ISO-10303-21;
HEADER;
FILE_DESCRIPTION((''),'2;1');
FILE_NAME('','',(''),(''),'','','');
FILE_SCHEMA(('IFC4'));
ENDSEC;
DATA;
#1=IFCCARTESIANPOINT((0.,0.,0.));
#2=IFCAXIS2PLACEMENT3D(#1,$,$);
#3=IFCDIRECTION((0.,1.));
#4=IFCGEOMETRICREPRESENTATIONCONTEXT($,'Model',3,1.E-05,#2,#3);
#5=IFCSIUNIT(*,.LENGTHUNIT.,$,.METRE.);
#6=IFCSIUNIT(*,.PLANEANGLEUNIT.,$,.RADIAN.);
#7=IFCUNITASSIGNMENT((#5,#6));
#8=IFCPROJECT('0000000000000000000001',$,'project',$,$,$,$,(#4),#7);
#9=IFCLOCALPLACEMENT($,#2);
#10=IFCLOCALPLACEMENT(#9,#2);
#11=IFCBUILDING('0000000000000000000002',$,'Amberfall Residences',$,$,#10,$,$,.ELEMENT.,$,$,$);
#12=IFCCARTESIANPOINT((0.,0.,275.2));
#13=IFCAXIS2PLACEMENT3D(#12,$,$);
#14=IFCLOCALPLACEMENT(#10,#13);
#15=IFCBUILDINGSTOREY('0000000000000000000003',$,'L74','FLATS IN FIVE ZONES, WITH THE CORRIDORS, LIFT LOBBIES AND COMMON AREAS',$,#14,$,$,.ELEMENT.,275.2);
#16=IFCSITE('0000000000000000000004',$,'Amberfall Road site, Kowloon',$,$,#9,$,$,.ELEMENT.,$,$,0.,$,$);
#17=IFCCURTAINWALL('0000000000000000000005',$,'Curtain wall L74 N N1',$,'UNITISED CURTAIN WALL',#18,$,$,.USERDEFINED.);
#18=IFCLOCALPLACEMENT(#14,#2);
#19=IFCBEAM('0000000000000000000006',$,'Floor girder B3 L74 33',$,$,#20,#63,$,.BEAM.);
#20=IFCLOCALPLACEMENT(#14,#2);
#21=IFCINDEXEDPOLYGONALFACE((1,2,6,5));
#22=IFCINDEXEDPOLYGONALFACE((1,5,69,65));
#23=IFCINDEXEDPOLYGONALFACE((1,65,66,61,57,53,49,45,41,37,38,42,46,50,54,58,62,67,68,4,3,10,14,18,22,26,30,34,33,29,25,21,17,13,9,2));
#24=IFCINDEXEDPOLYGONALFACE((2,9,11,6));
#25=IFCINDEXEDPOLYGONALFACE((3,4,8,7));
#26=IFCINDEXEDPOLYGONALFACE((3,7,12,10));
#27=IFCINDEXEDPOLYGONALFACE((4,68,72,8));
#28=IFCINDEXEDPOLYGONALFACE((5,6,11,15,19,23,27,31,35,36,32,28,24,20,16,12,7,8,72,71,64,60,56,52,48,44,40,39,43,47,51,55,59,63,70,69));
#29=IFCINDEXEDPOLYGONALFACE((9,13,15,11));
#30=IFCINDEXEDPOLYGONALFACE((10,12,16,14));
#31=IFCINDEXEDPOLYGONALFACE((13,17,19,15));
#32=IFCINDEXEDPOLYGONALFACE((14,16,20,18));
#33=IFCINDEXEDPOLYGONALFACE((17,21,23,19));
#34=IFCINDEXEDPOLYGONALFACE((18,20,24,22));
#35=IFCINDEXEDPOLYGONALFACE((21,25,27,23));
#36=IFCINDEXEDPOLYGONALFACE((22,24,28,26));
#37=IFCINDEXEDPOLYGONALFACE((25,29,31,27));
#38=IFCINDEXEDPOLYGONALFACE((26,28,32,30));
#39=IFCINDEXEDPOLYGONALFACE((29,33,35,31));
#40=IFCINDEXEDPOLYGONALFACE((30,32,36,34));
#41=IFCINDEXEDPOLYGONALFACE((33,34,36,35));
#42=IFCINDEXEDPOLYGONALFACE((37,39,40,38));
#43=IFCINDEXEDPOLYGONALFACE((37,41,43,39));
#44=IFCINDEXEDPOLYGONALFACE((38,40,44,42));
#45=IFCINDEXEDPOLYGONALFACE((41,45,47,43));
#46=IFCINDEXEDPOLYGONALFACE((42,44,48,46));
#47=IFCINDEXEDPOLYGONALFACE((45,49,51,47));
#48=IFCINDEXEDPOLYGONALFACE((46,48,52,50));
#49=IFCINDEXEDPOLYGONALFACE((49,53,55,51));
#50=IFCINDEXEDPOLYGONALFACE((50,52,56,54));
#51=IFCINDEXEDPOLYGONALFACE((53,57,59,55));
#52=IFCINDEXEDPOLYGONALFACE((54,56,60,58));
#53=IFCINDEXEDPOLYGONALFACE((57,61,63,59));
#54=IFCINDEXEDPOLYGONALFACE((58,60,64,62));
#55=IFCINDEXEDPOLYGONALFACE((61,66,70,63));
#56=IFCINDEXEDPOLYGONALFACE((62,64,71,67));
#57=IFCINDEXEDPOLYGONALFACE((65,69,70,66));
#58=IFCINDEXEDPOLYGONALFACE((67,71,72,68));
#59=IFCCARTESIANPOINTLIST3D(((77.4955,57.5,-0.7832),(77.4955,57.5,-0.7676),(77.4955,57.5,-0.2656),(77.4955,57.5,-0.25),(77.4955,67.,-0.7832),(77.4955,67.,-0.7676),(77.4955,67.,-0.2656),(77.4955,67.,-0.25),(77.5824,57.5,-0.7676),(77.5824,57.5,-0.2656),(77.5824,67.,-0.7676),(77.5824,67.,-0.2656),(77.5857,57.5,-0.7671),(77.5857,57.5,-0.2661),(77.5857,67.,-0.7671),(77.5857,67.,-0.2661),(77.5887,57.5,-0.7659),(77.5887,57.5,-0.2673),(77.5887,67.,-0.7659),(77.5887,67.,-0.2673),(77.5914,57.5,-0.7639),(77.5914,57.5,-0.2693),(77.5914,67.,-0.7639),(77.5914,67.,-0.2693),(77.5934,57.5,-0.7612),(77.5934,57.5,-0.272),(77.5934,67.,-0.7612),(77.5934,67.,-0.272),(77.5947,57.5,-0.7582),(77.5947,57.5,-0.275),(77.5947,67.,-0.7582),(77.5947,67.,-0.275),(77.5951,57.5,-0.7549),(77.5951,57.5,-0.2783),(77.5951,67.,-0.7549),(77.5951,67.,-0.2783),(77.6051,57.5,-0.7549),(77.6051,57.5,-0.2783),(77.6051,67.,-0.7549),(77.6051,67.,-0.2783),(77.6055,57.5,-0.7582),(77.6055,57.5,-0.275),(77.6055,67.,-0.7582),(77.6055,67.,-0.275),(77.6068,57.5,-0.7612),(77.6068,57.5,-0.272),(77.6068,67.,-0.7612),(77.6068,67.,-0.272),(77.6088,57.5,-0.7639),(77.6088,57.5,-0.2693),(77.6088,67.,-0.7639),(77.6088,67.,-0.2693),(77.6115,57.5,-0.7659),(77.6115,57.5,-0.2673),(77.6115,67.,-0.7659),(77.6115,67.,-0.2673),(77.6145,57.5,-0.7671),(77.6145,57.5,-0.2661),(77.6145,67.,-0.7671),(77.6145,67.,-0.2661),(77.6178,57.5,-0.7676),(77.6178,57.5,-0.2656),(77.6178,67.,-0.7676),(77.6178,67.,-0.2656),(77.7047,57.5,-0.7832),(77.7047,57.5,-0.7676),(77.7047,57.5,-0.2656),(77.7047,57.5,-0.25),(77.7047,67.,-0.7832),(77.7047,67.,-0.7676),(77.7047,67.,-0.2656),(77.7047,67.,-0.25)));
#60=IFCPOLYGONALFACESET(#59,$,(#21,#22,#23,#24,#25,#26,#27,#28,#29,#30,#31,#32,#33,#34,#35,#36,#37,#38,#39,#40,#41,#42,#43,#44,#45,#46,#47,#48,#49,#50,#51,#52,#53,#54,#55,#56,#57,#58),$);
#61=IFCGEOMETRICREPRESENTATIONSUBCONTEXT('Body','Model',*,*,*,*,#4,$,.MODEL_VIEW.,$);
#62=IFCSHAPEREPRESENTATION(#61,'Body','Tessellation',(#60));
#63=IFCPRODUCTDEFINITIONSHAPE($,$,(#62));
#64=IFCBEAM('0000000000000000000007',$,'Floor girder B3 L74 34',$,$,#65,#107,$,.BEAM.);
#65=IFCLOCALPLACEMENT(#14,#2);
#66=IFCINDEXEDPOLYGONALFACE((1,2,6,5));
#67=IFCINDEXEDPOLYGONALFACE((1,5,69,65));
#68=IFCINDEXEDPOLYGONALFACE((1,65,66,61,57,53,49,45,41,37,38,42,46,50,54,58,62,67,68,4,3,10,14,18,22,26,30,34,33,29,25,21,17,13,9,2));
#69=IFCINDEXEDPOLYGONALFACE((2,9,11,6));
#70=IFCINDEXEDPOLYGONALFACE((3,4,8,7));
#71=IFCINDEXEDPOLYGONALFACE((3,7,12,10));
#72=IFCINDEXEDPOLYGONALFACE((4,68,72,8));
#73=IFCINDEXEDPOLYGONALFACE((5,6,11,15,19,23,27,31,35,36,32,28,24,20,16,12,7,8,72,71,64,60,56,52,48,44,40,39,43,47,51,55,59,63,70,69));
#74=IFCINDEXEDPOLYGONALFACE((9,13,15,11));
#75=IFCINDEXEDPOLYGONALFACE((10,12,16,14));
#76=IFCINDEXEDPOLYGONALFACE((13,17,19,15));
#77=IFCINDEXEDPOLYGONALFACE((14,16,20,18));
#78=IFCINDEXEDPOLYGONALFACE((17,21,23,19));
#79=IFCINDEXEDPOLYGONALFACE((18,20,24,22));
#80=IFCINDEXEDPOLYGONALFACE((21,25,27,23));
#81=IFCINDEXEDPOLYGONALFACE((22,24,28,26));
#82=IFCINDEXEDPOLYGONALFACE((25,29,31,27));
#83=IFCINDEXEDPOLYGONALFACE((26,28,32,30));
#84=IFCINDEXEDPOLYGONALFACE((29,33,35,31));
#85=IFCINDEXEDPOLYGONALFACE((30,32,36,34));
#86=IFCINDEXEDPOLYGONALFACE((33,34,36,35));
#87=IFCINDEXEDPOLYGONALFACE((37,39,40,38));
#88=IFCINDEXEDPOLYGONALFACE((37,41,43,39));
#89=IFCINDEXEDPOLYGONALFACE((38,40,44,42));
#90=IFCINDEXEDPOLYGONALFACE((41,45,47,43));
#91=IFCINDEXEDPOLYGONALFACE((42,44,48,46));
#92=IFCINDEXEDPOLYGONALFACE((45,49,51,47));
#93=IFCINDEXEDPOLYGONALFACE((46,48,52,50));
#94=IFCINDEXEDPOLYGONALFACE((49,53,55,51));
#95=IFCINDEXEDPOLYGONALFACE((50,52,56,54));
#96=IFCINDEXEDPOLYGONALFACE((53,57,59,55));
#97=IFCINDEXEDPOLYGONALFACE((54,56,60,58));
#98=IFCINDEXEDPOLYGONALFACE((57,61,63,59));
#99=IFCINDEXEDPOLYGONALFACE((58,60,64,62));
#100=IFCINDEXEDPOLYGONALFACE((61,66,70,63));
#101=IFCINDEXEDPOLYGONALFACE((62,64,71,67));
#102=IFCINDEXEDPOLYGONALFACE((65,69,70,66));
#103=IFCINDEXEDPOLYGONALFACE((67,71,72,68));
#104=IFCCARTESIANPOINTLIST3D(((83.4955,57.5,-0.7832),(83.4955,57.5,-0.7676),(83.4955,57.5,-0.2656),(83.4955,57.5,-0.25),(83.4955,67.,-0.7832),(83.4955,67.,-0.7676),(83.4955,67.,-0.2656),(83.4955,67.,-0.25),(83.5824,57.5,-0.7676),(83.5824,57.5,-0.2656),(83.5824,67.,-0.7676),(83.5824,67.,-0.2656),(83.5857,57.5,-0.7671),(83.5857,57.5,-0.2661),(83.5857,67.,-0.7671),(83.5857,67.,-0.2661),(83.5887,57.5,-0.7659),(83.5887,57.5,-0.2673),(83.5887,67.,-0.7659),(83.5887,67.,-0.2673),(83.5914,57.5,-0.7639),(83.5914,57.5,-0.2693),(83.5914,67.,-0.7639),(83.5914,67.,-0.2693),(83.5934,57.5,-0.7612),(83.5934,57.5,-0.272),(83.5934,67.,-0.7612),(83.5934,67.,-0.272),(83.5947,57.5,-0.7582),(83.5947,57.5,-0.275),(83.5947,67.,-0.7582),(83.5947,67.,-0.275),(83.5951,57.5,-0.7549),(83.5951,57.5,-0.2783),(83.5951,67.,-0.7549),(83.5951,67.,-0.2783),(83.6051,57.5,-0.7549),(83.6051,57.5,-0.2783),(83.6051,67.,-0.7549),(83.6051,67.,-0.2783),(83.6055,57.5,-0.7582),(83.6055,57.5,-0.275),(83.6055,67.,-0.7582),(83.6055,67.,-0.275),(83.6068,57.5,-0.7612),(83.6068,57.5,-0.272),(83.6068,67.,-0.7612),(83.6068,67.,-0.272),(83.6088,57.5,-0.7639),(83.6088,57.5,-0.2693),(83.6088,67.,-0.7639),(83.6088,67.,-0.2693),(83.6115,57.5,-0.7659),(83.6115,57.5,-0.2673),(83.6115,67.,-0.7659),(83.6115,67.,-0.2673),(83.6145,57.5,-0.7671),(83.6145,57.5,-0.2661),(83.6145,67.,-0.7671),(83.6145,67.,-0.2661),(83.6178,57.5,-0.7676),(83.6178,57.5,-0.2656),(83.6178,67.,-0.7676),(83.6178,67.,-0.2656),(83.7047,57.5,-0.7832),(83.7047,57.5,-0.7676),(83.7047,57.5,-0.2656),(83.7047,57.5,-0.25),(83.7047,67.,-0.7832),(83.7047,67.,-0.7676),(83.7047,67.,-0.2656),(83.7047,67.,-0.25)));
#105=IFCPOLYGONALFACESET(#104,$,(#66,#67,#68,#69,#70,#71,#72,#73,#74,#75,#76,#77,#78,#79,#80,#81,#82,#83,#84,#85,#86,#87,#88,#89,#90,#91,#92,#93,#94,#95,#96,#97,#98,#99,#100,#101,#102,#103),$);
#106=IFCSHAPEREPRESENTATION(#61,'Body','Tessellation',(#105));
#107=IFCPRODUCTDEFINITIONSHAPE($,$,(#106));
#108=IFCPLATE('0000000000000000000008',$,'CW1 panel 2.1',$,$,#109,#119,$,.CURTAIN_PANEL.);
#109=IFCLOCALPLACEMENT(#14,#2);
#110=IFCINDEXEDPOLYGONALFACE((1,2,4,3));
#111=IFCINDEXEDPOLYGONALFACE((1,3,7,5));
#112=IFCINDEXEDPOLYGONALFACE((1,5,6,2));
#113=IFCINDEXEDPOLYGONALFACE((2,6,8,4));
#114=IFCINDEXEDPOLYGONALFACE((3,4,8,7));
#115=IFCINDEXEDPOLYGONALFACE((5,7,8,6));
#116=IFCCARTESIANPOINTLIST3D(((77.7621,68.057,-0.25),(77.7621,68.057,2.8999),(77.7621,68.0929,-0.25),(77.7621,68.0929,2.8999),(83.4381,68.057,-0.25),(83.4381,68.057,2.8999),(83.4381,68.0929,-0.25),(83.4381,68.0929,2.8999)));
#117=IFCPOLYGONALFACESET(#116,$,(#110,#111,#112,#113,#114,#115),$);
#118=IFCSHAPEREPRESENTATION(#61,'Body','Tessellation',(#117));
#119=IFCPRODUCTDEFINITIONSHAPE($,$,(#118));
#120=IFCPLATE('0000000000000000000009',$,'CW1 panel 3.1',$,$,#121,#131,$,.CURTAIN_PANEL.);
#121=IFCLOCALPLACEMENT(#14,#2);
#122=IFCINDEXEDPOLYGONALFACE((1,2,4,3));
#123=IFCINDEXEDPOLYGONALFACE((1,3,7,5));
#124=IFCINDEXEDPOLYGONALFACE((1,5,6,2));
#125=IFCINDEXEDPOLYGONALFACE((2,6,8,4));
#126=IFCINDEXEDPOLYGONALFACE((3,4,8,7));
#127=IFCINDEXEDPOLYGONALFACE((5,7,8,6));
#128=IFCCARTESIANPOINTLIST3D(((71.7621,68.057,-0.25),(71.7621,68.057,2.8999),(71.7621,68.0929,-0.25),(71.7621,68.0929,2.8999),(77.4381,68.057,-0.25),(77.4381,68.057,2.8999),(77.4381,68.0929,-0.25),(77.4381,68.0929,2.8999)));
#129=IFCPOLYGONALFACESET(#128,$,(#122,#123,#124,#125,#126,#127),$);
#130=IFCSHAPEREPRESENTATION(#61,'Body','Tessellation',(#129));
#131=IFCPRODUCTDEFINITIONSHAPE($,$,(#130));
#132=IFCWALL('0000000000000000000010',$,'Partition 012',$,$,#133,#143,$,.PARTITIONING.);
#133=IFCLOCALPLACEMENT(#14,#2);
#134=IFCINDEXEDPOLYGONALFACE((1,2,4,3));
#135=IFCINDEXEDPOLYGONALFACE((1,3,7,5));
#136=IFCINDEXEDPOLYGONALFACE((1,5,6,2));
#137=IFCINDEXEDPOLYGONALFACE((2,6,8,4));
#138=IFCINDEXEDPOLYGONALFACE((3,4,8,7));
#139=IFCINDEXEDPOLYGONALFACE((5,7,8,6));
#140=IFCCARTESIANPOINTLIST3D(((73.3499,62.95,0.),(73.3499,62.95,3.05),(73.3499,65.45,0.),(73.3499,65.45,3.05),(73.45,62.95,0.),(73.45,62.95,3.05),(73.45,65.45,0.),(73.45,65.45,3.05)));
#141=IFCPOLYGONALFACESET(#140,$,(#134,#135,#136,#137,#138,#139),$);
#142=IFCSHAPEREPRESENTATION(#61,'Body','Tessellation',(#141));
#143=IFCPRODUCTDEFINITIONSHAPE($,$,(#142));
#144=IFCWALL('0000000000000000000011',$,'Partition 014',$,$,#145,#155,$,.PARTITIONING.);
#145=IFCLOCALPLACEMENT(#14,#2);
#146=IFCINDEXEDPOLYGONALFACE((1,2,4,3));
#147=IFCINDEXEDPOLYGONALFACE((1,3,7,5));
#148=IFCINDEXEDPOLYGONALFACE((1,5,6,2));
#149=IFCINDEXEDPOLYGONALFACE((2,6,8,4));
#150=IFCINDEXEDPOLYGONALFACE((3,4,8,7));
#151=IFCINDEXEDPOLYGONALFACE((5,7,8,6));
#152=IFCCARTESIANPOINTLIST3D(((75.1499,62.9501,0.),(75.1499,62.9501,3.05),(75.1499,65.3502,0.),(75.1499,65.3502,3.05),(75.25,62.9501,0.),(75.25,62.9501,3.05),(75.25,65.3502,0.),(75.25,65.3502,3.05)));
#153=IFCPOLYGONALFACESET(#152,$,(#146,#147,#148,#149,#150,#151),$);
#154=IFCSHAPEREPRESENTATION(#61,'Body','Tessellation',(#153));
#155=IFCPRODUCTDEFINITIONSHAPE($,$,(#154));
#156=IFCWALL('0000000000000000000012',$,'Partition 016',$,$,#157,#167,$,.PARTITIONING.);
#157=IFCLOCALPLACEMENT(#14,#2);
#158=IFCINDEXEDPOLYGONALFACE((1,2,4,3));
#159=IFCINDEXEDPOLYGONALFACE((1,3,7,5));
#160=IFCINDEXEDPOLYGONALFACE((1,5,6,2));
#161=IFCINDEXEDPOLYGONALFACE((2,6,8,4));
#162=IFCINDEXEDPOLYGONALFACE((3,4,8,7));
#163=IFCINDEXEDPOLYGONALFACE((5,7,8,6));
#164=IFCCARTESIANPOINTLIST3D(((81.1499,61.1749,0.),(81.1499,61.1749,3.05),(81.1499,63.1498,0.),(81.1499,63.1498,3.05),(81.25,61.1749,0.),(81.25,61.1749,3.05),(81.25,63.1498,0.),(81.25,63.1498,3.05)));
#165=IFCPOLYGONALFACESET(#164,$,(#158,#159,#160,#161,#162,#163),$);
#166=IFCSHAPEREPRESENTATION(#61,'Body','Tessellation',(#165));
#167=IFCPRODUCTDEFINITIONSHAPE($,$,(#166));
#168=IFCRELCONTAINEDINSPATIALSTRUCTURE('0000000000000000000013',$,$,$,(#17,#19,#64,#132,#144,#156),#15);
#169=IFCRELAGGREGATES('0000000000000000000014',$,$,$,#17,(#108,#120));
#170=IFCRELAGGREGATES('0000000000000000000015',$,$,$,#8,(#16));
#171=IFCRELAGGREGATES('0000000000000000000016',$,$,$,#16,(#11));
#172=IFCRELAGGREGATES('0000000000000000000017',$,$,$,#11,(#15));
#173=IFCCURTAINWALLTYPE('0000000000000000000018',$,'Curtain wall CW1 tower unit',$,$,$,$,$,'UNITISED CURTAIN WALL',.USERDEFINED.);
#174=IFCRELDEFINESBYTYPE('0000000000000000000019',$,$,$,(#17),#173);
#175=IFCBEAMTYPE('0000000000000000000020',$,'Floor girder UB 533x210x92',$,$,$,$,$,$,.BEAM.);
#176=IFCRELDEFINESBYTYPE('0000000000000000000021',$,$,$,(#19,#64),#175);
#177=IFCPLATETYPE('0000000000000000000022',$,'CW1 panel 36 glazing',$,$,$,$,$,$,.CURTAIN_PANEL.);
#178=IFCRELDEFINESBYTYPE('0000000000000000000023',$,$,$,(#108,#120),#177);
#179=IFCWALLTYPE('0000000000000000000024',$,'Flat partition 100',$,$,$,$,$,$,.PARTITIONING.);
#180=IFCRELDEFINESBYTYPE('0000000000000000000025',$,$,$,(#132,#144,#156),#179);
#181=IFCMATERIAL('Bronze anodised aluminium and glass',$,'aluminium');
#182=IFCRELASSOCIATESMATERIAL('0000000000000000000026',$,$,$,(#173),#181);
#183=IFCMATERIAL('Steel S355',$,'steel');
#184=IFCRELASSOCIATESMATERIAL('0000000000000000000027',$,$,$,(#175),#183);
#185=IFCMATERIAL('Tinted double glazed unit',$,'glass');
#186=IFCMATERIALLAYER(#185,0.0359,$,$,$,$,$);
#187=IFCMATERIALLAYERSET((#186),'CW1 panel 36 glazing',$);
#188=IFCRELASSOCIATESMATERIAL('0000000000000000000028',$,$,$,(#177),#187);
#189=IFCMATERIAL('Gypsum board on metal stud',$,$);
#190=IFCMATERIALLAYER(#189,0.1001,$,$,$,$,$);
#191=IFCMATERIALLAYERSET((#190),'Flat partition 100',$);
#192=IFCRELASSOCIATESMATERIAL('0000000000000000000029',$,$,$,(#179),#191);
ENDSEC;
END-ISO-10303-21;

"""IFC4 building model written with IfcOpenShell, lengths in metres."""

from ifc_helpers import new_model, si_unit, direction, frame, frame_2d, origin, origin_2d, place, context, subcontext, project, spatial, rectangle, i_section, extrude, material, layer, layer_set, material_profile, profile_set, type_object, element, aggregate, save


model = new_model("IFC4")

# Units and contexts
model_context = context("Model", 3, precision=1e-05, world=origin(), true_north=direction((0.0, 1.0)))
body_context = subcontext(model_context, "Body", "Model", "MODEL_VIEW")
ifc_project = project(units=[si_unit("LENGTHUNIT", "METRE"), si_unit("PLANEANGLEUNIT", "RADIAN")], contexts=[model_context])

# Site, building, storey
site_placement = place(None, origin())
site = spatial("IfcSite", under=ifc_project, at=site_placement, Name="Amberfall Road site, Kowloon", CompositionType="ELEMENT", RefElevation=0.0)
building_placement = place(site_placement, origin())
building = spatial("IfcBuilding", under=site, at=building_placement, Name="Amberfall Residences", CompositionType="ELEMENT")
storey_placement = place(building_placement, frame((0.0, 0.0, 275.2)))
storey = spatial("IfcBuildingStorey", under=building, at=storey_placement, Name="L74", Description="FLATS IN FIVE ZONES, WITH THE CORRIDORS, LIFT LOBBIES AND COMMON AREAS", CompositionType="ELEMENT", Elevation=275.2)

# Curtain wall
ifc_material_1 = material(Name="Bronze anodised aluminium and glass", Category="aluminium")
curtain_wall_type = type_object("IfcCurtainWallType", Name="Curtain wall CW1 tower unit", ElementType="UNITISED CURTAIN WALL", PredefinedType="USERDEFINED", material=ifc_material_1)
curtain_wall_placement = place(storey_placement, origin())
curtain_wall = element("IfcCurtainWall", 1, at=curtain_wall_placement, inside=storey, type_object=curtain_wall_type, Name="Curtain wall L74 N N1", ObjectType="UNITISED CURTAIN WALL", PredefinedType="USERDEFINED")

# Shared definitions
ifc_material_2 = material(Name="Steel S355", Category="steel")

# Beams
ifc_material_profile_1 = material_profile(ifc_material_2, i_section(OverallWidth=0.2092, OverallDepth=0.5332, WebThickness=0.01, FlangeThickness=0.0156, FilletRadius=0.0127, at=origin_2d()), Name="UB 533x210x92")
ifc_profile_set_1 = profile_set([ifc_material_profile_1], Name="Steel S355")
beam_type_1 = type_object("IfcBeamType", Name="Floor girder UB 533x210x92", PredefinedType="BEAM", material=ifc_profile_set_1)
for number, where, z_axis, x_axis, name in (
    (2, (77.6001, 67.0, -0.5166), (0.0, -1.0, 0.0), (1.0, 0.0, 0.0), "Floor girder B3 L74 33"),
    (3, (83.6001, 67.0, -0.5166), (0.0, -1.0, 0.0), (1.0, 0.0, 0.0), "Floor girder B3 L74 34"),
):
    element("IfcBeam", number, at=place(storey_placement, frame(where, z_axis=z_axis, x_axis=x_axis)), inside=storey, type_object=beam_type_1, Name=name, PredefinedType="BEAM", context=body_context, shape_type="SweptSolid", body=[
        extrude(i_section(OverallWidth=0.2092, OverallDepth=0.5332, WebThickness=0.01, FlangeThickness=0.0156, FilletRadius=0.0127, at=origin_2d()), origin(), (0.0, 0.0, 1.0), 9.5),
    ])

# Plates
ifc_material_3 = material(Name="Tinted double glazed unit", Category="glass")
ifc_layer_1 = layer(ifc_material_3, 0.0359)
ifc_layer_set_1 = layer_set([ifc_layer_1], Name="CW1 panel 36 glazing")
plate_type = type_object("IfcPlateType", Name="CW1 panel 36 glazing", PredefinedType="CURTAIN_PANEL", material=ifc_layer_set_1)
plate_1_placement = place(storey_placement, frame((80.6001, 68.075, -0.25), z_axis=(0.0, 0.0, 1.0), x_axis=(-1.0, 0.0, 0.0)))
plate_1 = element("IfcPlate", 4, at=plate_1_placement, type_object=plate_type, Name="CW1 panel 2.1", PredefinedType="CURTAIN_PANEL", context=body_context, shape_type="SweptSolid", body=[
    extrude(rectangle(XDim=5.676, YDim=0.0359, at=origin_2d()), origin(), (0.0, 0.0, 1.0), 3.1499),
])
plate_2_placement = place(storey_placement, frame((74.6001, 68.075, -0.25), z_axis=(0.0, 0.0, 1.0), x_axis=(-1.0, 0.0, 0.0)))
plate_2 = element("IfcPlate", 5, at=plate_2_placement, type_object=plate_type, Name="CW1 panel 3.1", PredefinedType="CURTAIN_PANEL", context=body_context, shape_type="SweptSolid", body=[
    extrude(rectangle(XDim=5.676, YDim=0.0359, at=origin_2d()), origin(), (0.0, 0.0, 1.0), 3.1499),
])
aggregate(curtain_wall, [plate_1, plate_2])

# Walls
ifc_material_4 = material(Name="Gypsum board on metal stud")
ifc_layer_2 = layer(ifc_material_4, 0.1001)
ifc_layer_set_2 = layer_set([ifc_layer_2], Name="Flat partition 100")
wall_type_1 = type_object("IfcWallType", Name="Flat partition 100", PredefinedType="PARTITIONING", material=ifc_layer_set_2)
wall_1_placement = place(storey_placement, frame((73.3999, 62.95, 0.0), z_axis=(0.0, 0.0, 1.0), x_axis=(0.0, 1.0, 0.0)))
element("IfcWall", 6, at=wall_1_placement, inside=storey, type_object=wall_type_1, Name="Partition 012", PredefinedType="PARTITIONING", context=body_context, shape_type="SweptSolid", body=[
    extrude(rectangle(XDim=2.5, YDim=0.1001, at=frame_2d((1.25, 0.0))), origin(), (0.0, 0.0, 1.0), 3.05),
])
wall_2_placement = place(storey_placement, frame((75.2, 62.95, 0.0), z_axis=(0.0, 0.0, 1.0), x_axis=(0.0, 1.0, 0.0)))
element("IfcWall", 7, at=wall_2_placement, inside=storey, type_object=wall_type_1, Name="Partition 014", PredefinedType="PARTITIONING", context=body_context, shape_type="SweptSolid", body=[
    extrude(rectangle(XDim=2.4001, YDim=0.1001, at=frame_2d((1.2002, 0.0))), origin(), (0.0, 0.0, 1.0), 3.05),
])
wall_3_placement = place(storey_placement, frame((81.2, 61.175, 0.0), z_axis=(0.0, 0.0, 1.0), x_axis=(0.0, 1.0, 0.0)))
element("IfcWall", 8, at=wall_3_placement, inside=storey, type_object=wall_type_1, Name="Partition 016", PredefinedType="PARTITIONING", context=body_context, shape_type="SweptSolid", body=[
    extrude(rectangle(XDim=1.9749, YDim=0.1001, at=frame_2d((0.9873, 0.0))), origin(), (0.0, 0.0, 1.0), 3.05),
])

save(model, "model.ifc")
